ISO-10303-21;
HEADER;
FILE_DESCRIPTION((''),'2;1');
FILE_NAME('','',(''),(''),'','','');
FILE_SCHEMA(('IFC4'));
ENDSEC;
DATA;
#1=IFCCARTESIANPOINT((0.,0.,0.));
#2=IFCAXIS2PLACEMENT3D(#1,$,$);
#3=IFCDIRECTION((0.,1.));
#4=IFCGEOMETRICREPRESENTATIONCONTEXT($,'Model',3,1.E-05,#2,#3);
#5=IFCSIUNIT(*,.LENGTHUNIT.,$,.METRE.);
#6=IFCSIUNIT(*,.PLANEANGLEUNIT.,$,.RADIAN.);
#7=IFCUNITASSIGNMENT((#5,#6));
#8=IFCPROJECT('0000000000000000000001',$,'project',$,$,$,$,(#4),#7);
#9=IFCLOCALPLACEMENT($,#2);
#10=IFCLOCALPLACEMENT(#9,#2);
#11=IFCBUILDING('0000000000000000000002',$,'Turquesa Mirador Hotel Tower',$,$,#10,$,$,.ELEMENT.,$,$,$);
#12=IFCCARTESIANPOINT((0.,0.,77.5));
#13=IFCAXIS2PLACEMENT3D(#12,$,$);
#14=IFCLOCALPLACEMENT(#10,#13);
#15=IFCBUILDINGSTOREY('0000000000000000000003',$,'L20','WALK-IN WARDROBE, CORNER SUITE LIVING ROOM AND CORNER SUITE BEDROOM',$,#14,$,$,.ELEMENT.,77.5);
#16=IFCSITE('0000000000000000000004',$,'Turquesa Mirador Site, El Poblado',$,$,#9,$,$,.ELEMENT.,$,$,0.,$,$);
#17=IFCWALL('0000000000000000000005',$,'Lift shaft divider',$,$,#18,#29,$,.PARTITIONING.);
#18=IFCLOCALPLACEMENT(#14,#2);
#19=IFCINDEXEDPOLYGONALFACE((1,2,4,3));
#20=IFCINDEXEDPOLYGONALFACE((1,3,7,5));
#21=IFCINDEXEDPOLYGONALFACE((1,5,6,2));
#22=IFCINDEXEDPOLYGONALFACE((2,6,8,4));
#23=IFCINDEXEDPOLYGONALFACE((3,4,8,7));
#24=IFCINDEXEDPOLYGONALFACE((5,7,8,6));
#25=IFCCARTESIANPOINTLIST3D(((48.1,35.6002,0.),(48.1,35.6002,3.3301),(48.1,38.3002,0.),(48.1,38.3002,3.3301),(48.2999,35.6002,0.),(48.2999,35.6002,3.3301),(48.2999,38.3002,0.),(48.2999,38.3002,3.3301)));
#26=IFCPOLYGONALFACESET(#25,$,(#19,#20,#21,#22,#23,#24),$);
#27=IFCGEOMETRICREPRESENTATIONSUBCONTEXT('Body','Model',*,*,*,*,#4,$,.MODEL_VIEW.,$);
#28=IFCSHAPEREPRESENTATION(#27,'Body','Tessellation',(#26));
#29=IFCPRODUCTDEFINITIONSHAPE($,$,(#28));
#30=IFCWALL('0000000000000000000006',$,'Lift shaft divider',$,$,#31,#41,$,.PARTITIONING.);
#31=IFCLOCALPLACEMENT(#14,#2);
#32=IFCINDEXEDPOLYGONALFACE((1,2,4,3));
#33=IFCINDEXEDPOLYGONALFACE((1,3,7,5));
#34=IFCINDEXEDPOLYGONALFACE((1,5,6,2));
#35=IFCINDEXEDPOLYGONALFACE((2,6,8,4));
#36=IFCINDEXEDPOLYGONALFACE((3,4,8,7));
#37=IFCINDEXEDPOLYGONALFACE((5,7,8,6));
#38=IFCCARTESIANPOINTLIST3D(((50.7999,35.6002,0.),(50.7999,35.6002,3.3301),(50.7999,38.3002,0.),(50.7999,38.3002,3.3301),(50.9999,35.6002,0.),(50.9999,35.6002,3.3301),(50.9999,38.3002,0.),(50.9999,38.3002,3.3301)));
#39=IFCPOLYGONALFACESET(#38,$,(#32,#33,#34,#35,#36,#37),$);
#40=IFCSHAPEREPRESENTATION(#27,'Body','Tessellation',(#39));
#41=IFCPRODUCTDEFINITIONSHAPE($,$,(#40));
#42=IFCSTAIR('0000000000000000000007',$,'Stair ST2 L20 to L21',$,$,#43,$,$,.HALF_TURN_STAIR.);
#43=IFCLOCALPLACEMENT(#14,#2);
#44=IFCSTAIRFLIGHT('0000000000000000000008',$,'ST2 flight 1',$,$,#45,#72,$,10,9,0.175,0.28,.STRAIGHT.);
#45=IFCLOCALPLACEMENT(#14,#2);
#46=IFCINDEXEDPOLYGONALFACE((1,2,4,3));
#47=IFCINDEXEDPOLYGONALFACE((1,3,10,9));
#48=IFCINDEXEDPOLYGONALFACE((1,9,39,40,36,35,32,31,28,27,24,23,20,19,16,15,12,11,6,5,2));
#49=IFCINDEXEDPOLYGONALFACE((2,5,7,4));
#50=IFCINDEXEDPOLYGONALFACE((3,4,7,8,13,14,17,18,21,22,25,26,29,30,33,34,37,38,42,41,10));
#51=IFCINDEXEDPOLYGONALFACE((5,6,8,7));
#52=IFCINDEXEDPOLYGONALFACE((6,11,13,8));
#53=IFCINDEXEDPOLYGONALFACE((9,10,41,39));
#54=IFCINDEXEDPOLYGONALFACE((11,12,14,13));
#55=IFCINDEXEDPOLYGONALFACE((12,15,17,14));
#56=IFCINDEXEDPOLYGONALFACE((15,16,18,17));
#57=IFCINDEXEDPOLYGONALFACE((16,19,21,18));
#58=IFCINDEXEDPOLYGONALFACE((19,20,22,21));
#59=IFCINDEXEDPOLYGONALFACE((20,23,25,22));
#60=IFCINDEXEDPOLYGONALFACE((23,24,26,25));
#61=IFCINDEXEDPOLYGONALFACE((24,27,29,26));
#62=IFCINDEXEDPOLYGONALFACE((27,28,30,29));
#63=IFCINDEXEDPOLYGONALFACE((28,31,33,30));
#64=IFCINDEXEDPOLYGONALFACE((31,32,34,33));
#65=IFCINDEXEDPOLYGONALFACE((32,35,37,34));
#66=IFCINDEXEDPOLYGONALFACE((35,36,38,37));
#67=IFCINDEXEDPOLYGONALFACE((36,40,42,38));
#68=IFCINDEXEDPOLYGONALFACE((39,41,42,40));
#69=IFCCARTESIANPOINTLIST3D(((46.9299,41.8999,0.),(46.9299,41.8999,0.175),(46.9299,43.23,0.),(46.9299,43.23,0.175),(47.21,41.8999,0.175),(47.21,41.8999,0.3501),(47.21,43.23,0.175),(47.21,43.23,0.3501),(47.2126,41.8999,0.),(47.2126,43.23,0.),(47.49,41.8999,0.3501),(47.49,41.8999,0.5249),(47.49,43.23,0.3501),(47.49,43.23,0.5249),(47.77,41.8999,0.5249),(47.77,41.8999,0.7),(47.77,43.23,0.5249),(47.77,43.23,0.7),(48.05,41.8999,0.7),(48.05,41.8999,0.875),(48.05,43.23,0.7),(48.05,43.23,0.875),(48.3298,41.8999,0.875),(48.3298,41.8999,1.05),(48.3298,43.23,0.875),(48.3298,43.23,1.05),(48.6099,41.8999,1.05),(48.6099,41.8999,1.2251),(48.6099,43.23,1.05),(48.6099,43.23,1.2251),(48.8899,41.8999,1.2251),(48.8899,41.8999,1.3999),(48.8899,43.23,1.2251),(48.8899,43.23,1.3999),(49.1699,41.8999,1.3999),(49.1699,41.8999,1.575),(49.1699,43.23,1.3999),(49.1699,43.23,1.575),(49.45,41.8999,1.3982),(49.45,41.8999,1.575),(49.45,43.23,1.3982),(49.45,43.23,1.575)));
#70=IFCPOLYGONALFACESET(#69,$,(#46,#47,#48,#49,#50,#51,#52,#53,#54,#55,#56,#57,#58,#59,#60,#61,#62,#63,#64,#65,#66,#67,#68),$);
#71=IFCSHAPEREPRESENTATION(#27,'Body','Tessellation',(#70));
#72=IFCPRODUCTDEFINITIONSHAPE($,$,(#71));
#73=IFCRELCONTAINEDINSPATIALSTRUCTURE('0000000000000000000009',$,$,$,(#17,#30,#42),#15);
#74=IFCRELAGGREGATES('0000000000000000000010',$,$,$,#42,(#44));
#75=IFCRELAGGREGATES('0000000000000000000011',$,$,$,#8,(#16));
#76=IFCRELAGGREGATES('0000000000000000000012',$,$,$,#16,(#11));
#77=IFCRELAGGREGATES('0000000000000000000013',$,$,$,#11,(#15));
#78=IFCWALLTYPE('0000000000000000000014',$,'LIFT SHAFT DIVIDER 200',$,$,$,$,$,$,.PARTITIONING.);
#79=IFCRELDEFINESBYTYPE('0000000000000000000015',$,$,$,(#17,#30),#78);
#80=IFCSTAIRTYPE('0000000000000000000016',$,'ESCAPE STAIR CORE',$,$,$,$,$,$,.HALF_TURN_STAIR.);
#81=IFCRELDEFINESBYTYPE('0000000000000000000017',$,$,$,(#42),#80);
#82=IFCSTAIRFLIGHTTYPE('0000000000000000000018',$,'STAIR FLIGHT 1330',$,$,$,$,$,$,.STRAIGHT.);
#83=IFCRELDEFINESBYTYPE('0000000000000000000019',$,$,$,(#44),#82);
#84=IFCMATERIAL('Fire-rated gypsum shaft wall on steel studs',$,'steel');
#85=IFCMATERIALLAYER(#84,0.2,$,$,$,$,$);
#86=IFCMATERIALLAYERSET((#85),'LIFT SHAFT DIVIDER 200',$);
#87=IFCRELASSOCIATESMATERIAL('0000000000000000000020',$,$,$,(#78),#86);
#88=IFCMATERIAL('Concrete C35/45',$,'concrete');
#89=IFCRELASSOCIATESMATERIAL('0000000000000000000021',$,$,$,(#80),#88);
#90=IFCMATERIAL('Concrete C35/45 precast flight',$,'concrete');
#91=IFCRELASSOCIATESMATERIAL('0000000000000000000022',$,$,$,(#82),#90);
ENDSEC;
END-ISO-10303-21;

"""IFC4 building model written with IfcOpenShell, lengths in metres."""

from ifc_helpers import new_model, si_unit, direction, frame, frame_2d, origin, place, context, subcontext, project, spatial, polyline, rectangle, outline, extrude, material, layer, layer_set, type_object, element, aggregate, save


model = new_model("IFC4")

# Units and contexts
model_context = context("Model", 3, precision=1e-05, world=origin(), true_north=direction((0.0, 1.0)))
body_context = subcontext(model_context, "Body", "Model", "MODEL_VIEW")
ifc_project = project(units=[si_unit("LENGTHUNIT", "METRE"), si_unit("PLANEANGLEUNIT", "RADIAN")], contexts=[model_context])

# Site, building, storey
site_placement = place(None, origin())
site = spatial("IfcSite", under=ifc_project, at=site_placement, Name="Turquesa Mirador Site, El Poblado", CompositionType="ELEMENT", RefElevation=0.0)
building_placement = place(site_placement, origin())
building = spatial("IfcBuilding", under=site, at=building_placement, Name="Turquesa Mirador Hotel Tower", CompositionType="ELEMENT")
storey_placement = place(building_placement, frame((0.0, 0.0, 77.5)))
storey = spatial("IfcBuildingStorey", under=building, at=storey_placement, Name="L20", Description="WALK-IN WARDROBE, CORNER SUITE LIVING ROOM AND CORNER SUITE BEDROOM", CompositionType="ELEMENT", Elevation=77.5)

# Walls
ifc_material_1 = material(Name="Fire-rated gypsum shaft wall on steel studs", Category="steel")
ifc_layer_1 = layer(ifc_material_1, 0.2)
ifc_layer_set_1 = layer_set([ifc_layer_1], Name="LIFT SHAFT DIVIDER 200")
wall_type_1 = type_object("IfcWallType", Name="LIFT SHAFT DIVIDER 200", PredefinedType="PARTITIONING", material=ifc_layer_set_1)
for number, where, z_axis, x_axis, name in (
    (1, (48.2, 35.6001, 0.0), (0.0, 0.0, 1.0), (0.0, 1.0, 0.0), "Lift shaft divider"),
    (2, (50.8999, 35.6001, 0.0), (0.0, 0.0, 1.0), (0.0, 1.0, 0.0), "Lift shaft divider"),
):
    element("IfcWall", number, at=place(storey_placement, frame(where, z_axis=z_axis, x_axis=x_axis)), inside=storey, type_object=wall_type_1, Name=name, PredefinedType="PARTITIONING", context=body_context, shape_type="SweptSolid", body=[
        extrude(rectangle(XDim=2.7, YDim=0.2, at=frame_2d((1.3501, 0.0))), origin(), (0.0, 0.0, 1.0), 3.3301),
    ])

# Stair, stair flight
ifc_material_2 = material(Name="Concrete C35/45", Category="concrete")
stair_type = type_object("IfcStairType", Name="ESCAPE STAIR CORE", PredefinedType="HALF_TURN_STAIR", material=ifc_material_2)
stair_placement = place(storey_placement, origin())
stair = element("IfcStair", 3, at=stair_placement, inside=storey, type_object=stair_type, Name="Stair ST2 L20 to L21", PredefinedType="HALF_TURN_STAIR")
ifc_material_3 = material(Name="Concrete C35/45 precast flight", Category="concrete")
stair_flight_type = type_object("IfcStairFlightType", Name="STAIR FLIGHT 1330", PredefinedType="STRAIGHT", material=ifc_material_3)
stair_flight_placement = place(storey_placement, frame((46.9299, 42.5649, 0.0), z_axis=(0.0, 0.0, 1.0), x_axis=(1.0, 0.0, 0.0)))
stair_flight = element("IfcStairFlight", 4, at=stair_flight_placement, type_object=stair_flight_type, Name="ST2 flight 1", NumberOfRisers=10, NumberOfTreads=9, PredefinedType="STRAIGHT", RiserHeight=0.175, TreadLength=0.28, context=body_context, shape_type="SweptSolid", body=[
    extrude(outline(polyline([(0.0, 0.0), (0.0, 0.175), (0.28, 0.175), (0.28, 0.3501), (0.5601, 0.3501), (0.5601, 0.5249), (0.8401, 0.5249), (0.8401, 0.7), (1.1201, 0.7), (1.1201, 0.875), (1.3999, 0.875), (1.3999, 1.05), (1.6799, 1.05), (1.6799, 1.2251), (1.96, 1.2251), (1.96, 1.3999), (2.24, 1.3999), (2.24, 1.575), (2.52, 1.575), (2.52, 1.75), (2.52, 1.3982), (0.2827, 0.0), (0.0, 0.0)])), frame((0.0, 0.665, 0.0), z_axis=(0.0, -1.0, 0.0), x_axis=(1.0, 0.0, 0.0)), (0.0, 0.0, 1.0), 1.3301),
])
aggregate(stair, [stair_flight])

save(model, "model.ifc")
